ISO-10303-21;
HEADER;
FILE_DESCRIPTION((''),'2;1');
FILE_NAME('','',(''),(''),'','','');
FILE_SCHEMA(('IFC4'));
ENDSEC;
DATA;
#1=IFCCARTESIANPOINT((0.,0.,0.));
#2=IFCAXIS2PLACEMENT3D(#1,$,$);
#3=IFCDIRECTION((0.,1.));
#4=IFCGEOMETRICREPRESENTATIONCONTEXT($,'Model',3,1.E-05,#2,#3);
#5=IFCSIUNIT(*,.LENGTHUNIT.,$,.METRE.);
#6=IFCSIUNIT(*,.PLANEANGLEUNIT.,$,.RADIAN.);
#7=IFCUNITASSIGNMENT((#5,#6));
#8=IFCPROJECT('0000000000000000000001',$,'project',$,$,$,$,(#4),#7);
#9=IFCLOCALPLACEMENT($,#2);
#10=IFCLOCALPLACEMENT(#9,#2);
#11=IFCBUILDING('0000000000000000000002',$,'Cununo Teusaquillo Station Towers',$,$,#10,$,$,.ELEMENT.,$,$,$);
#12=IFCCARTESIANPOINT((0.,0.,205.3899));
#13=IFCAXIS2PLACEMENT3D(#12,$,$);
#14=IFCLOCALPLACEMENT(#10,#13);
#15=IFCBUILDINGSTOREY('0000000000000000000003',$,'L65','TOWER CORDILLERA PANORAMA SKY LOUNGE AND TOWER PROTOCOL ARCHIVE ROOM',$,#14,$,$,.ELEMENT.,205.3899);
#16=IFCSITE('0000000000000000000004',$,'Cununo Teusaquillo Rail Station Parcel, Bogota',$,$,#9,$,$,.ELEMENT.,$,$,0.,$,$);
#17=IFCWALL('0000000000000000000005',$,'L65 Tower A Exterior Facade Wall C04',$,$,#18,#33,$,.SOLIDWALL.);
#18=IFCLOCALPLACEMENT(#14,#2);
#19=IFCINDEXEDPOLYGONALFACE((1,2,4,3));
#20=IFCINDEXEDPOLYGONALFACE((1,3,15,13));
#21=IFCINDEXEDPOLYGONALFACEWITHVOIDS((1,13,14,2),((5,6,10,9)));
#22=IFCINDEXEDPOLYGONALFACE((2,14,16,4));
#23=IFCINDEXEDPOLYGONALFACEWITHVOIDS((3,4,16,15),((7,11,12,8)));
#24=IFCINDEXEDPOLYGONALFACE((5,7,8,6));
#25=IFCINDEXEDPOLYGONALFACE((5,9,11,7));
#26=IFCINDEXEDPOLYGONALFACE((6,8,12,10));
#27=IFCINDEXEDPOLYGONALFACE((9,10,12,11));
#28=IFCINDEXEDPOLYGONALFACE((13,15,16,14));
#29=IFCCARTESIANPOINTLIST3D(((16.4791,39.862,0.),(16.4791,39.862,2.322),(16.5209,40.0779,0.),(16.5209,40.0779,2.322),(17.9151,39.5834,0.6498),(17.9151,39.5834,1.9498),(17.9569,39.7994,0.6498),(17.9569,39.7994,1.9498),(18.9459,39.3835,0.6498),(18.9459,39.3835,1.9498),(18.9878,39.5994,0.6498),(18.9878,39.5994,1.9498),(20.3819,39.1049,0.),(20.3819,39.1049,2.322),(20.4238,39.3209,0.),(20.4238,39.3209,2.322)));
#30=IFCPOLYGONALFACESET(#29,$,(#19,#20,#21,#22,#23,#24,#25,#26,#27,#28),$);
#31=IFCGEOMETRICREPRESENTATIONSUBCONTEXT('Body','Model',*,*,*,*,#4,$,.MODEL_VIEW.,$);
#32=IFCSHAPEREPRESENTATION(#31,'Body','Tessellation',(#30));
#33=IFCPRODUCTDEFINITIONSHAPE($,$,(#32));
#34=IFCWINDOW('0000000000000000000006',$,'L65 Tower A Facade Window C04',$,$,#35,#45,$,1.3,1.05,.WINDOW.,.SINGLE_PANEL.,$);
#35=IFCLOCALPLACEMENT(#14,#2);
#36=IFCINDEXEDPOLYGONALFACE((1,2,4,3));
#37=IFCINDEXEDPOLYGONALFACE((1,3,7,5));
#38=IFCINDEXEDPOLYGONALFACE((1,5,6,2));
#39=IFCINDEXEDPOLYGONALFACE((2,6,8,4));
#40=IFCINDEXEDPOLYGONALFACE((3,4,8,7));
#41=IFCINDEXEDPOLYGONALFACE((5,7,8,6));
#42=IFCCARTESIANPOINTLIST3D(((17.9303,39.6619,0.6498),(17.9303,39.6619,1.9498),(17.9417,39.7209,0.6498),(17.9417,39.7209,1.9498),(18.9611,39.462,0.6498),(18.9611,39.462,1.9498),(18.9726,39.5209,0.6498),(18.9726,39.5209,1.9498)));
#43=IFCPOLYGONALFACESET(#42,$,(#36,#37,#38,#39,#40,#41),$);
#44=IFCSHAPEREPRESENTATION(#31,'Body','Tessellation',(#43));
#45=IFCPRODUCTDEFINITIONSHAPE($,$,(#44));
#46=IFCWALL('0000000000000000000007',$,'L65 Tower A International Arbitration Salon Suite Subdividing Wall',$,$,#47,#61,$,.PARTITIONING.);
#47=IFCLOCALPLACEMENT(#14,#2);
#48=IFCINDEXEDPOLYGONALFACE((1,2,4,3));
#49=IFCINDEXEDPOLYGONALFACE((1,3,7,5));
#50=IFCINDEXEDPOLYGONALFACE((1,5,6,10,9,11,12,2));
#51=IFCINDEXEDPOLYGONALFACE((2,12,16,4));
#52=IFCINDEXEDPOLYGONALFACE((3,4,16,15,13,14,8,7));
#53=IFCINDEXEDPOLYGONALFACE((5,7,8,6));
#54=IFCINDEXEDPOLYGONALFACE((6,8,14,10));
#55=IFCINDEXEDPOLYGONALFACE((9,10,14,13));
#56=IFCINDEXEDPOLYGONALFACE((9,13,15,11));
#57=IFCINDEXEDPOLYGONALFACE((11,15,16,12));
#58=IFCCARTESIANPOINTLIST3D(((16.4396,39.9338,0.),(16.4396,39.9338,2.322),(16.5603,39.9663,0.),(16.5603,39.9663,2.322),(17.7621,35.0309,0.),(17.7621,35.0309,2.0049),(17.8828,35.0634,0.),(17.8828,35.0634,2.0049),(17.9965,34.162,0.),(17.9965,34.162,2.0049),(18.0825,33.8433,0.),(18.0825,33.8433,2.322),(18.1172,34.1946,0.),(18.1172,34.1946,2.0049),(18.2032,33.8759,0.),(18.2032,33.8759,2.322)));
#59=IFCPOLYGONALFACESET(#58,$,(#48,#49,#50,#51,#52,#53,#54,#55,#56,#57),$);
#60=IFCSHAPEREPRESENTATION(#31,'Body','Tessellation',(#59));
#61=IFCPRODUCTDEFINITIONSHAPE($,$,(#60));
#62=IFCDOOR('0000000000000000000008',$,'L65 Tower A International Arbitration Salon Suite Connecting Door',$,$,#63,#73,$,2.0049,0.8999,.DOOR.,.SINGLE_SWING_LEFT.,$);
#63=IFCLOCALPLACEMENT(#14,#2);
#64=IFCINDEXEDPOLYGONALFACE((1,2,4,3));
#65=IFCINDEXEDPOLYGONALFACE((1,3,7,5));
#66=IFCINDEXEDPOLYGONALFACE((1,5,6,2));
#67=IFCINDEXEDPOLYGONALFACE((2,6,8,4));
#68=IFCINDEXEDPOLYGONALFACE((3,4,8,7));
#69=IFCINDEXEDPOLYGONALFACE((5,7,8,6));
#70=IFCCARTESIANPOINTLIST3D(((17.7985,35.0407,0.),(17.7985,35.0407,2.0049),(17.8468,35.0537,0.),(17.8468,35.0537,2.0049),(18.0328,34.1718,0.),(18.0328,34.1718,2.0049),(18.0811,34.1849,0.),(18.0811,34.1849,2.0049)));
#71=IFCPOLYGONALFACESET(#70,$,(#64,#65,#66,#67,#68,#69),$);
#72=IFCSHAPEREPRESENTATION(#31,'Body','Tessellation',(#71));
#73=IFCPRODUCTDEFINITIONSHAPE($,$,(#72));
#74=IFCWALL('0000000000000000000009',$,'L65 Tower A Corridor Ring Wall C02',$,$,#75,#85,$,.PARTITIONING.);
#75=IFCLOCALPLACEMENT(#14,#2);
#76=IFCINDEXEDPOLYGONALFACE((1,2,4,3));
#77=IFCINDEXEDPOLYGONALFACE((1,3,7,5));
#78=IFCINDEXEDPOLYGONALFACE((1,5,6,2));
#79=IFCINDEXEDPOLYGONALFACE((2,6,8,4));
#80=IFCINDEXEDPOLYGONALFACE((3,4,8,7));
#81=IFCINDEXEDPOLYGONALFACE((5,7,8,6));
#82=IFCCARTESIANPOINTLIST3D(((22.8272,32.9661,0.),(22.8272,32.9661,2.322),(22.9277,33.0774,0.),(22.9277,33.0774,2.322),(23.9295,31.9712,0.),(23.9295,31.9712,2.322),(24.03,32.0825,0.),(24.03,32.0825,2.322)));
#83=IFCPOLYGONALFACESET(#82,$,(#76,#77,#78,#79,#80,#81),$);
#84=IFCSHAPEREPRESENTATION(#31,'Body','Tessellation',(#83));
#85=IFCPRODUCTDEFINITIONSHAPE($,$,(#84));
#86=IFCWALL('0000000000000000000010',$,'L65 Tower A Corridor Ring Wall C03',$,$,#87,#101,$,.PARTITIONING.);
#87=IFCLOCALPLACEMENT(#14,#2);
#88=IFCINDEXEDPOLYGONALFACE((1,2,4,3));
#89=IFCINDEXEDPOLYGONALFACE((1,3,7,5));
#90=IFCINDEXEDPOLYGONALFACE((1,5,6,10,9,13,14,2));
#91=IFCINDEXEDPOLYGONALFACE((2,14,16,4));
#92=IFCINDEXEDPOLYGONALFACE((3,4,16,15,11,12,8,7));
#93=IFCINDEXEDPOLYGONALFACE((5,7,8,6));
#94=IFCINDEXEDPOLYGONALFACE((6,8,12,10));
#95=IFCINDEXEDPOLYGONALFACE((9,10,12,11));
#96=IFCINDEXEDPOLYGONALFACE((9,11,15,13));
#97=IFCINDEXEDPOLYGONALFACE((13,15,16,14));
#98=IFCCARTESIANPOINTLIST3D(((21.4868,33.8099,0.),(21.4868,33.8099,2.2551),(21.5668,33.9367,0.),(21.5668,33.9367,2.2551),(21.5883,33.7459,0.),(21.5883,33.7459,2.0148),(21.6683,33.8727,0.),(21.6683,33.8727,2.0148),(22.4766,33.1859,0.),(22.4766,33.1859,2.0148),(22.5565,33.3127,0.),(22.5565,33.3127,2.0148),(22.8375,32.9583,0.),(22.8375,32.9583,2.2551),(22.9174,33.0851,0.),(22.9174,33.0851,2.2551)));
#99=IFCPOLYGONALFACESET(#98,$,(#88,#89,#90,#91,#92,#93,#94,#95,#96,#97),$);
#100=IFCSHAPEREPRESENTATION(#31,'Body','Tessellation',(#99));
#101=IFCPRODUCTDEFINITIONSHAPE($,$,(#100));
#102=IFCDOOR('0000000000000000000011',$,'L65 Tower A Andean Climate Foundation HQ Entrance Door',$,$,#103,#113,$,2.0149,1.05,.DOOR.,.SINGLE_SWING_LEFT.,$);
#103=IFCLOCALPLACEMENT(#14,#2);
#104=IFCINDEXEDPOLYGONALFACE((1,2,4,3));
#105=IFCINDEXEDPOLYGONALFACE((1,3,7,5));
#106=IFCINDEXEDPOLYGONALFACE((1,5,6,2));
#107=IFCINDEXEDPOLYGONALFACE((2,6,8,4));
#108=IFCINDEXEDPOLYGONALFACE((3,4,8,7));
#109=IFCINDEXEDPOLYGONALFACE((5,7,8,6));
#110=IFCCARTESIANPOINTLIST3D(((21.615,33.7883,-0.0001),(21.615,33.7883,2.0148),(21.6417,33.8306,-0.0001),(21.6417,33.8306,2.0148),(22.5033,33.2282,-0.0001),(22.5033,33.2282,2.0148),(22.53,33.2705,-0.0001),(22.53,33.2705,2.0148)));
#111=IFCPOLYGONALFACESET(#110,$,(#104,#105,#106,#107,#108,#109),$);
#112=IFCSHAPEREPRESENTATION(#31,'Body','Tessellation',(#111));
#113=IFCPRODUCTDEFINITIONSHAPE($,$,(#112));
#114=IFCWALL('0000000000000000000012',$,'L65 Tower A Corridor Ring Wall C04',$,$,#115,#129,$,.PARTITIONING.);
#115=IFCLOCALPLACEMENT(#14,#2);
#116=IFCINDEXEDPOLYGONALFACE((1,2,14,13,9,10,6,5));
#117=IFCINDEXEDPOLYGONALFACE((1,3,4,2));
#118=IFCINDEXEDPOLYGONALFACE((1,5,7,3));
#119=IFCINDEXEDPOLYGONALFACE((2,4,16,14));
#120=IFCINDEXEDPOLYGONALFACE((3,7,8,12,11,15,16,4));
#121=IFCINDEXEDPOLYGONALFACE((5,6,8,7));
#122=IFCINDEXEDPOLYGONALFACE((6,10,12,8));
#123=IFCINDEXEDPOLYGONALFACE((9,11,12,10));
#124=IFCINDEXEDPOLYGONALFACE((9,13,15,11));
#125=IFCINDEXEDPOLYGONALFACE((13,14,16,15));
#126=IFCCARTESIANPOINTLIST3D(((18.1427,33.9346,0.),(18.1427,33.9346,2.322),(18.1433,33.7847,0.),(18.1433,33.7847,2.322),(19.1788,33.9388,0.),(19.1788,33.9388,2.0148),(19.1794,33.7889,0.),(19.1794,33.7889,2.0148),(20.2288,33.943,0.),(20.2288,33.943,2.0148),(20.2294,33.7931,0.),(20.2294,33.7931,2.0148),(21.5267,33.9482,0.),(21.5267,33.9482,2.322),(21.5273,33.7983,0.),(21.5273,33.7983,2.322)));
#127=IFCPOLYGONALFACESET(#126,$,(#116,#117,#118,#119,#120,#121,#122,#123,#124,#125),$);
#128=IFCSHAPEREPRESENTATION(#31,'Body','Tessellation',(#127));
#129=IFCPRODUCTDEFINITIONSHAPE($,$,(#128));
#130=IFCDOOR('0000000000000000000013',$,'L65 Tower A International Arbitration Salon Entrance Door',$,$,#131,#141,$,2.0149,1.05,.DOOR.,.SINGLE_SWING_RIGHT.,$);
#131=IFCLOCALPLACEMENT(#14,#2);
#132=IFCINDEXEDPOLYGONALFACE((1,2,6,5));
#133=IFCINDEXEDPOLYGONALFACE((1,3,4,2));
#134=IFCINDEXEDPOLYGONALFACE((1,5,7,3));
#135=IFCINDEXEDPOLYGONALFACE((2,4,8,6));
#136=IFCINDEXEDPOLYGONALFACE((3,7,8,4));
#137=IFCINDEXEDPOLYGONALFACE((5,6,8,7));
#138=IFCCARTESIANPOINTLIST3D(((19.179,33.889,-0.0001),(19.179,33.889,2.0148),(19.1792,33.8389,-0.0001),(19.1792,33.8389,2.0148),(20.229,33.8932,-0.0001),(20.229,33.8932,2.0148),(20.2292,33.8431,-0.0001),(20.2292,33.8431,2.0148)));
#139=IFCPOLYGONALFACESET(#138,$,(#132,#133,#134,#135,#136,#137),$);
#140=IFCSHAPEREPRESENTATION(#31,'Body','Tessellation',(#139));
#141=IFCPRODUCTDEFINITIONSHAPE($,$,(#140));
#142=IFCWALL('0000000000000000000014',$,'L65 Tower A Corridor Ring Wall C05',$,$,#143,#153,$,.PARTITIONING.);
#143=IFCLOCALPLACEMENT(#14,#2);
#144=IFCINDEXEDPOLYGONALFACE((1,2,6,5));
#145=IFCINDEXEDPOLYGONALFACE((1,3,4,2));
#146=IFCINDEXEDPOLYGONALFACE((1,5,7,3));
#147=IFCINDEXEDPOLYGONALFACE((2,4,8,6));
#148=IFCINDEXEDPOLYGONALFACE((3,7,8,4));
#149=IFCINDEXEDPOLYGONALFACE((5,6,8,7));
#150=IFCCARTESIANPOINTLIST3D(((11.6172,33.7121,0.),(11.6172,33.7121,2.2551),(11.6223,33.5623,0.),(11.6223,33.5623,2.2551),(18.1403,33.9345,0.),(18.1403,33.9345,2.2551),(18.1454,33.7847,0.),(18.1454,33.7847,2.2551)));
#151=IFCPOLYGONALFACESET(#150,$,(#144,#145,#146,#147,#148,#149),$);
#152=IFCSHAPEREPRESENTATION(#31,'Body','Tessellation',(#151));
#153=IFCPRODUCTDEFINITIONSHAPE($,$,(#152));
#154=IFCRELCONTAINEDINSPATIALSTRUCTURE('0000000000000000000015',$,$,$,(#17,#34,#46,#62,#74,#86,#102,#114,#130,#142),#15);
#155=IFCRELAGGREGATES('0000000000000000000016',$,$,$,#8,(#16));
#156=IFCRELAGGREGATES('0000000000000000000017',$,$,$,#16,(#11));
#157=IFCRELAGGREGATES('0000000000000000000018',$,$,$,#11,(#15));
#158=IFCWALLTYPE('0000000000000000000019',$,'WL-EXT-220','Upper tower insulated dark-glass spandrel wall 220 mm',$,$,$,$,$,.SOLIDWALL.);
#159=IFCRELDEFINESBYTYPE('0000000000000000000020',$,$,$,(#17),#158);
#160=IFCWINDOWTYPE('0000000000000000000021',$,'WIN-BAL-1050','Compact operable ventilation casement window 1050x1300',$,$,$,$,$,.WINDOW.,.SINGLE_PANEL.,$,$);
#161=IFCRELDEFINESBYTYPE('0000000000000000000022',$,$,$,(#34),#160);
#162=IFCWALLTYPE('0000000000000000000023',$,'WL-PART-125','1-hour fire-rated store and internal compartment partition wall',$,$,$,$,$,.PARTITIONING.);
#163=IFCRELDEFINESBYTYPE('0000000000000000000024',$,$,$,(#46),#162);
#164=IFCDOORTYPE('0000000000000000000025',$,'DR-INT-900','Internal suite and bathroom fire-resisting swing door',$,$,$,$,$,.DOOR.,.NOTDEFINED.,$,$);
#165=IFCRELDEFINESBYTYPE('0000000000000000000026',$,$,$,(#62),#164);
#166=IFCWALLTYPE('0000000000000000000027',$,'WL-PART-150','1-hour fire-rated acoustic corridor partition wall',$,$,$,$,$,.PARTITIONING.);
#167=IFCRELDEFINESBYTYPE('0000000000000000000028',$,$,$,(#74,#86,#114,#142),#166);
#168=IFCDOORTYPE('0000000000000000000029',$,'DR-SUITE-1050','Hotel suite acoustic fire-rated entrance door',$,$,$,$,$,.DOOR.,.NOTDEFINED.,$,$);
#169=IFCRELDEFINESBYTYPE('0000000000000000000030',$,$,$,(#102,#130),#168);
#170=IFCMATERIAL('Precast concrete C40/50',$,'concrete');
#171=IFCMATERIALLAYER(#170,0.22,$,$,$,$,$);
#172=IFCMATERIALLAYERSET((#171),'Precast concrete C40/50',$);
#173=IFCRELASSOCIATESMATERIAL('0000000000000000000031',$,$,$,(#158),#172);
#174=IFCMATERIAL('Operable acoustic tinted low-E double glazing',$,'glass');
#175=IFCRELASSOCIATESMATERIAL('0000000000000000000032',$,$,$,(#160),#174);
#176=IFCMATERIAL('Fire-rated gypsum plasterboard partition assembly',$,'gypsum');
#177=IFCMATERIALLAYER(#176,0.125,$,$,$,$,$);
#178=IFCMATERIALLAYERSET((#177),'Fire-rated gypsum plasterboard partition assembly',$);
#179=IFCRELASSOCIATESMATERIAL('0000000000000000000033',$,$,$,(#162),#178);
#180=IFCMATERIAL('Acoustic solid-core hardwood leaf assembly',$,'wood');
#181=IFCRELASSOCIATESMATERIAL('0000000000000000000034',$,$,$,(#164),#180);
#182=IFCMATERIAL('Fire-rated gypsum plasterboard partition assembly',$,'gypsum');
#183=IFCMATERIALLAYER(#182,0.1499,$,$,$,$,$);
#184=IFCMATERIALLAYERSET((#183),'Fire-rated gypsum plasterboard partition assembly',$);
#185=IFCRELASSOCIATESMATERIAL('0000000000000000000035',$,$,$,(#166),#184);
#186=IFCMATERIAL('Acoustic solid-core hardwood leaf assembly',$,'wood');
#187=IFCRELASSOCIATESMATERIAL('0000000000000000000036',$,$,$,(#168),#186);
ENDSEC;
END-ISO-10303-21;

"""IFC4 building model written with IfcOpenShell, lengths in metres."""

from ifc_helpers import new_model, si_unit, direction, frame, frame_2d, origin, place, context, subcontext, project, spatial, rectangle, extrude, source, transform, mapped, material, layer, layer_set, type_object, element, fill, save


model = new_model("IFC4")

# Units and contexts
model_context = context("Model", 3, precision=1e-05, world=origin(), true_north=direction((0.0, 1.0)))
body_context = subcontext(model_context, "Body", "Model", "MODEL_VIEW")
ifc_project = project(units=[si_unit("LENGTHUNIT", "METRE"), si_unit("PLANEANGLEUNIT", "RADIAN")], contexts=[model_context])

# Site, building, storey
site_placement = place(None, origin())
site = spatial("IfcSite", under=ifc_project, at=site_placement, Name="Cununo Teusaquillo Rail Station Parcel, Bogota", CompositionType="ELEMENT", RefElevation=0.0)
building_placement = place(site_placement, origin())
building = spatial("IfcBuilding", under=site, at=building_placement, Name="Cununo Teusaquillo Station Towers", CompositionType="ELEMENT")
storey_placement = place(building_placement, frame((0.0, 0.0, 205.3899)))
storey = spatial("IfcBuildingStorey", under=building, at=storey_placement, Name="L65", Description="TOWER CORDILLERA PANORAMA SKY LOUNGE AND TOWER PROTOCOL ARCHIVE ROOM", CompositionType="ELEMENT", Elevation=205.3899)

# Shared definitions
ifc_material_1 = material(Name="Precast concrete C40/50", Category="concrete")
ifc_layer_1 = layer(ifc_material_1, 0.22)
ifc_layer_set_1 = layer_set([ifc_layer_1], Name="Precast concrete C40/50")
wall_type_1 = type_object("IfcWallType", Name="WL-EXT-220", Description="Upper tower insulated dark-glass spandrel wall 220 mm", PredefinedType="SOLIDWALL", material=ifc_layer_set_1)

# Shared definitions
shared_shape_1 = source(origin(), body_context, "Body", "SweptSolid", [
    extrude(rectangle(XDim=1.05, YDim=1.3, at=frame_2d((0.5249, 0.6499))), frame((0.0, 0.1199, 0.0), z_axis=(0.0, -1.0, 0.0), x_axis=(1.0, 0.0, 0.0)), (0.0, 0.0, 1.0), 0.24),
])
ifc_material_2 = material(Name="Operable acoustic tinted low-E double glazing", Category="glass")
window_type = type_object("IfcWindowType", Name="WIN-BAL-1050", Description="Compact operable ventilation casement window 1050x1300", PartitioningType="SINGLE_PANEL", PredefinedType="WINDOW", material=ifc_material_2)
shared_shape_2 = source(origin(), body_context, "Body", "SweptSolid", [
    extrude(rectangle(XDim=1.05, YDim=1.3, at=frame_2d((0.5249, 0.6499))), frame((0.0, 0.03, 0.0), z_axis=(0.0, -1.0, 0.0), x_axis=(1.0, 0.0, 0.0)), (0.0, 0.0, 1.0), 0.0601),
])

# Wall, opening, window
wall_1_placement = place(storey_placement, frame((16.5, 39.97, 0.0), z_axis=(0.0, 0.0, 1.0), x_axis=(0.9817, -0.190432, 0.0)))
wall_1 = element("IfcWall", 1, at=wall_1_placement, inside=storey, type_object=wall_type_1, Name="L65 Tower A Exterior Facade Wall C04", PredefinedType="SOLIDWALL", context=body_context, shape_type="SweptSolid", body=[
    extrude(rectangle(XDim=3.9756, YDim=0.22, at=frame_2d((1.9878, 0.0))), origin(), (0.0, 0.0, 1.0), 2.322),
])
opening_1_placement = place(wall_1_placement, frame((1.4629, 0.0, 0.6499)))
opening_1 = element("IfcOpeningElement", 2, at=opening_1_placement, cuts=wall_1, PredefinedType="OPENING", context=body_context, shape_type="MappedRepresentation", body=[
    mapped(shared_shape_1, transform((0.0, 0.0, 0.0), x_axis=(1.0, 0.0, 0.0), y_axis=(0.0, 1.0, 0.0), z_axis=(0.0, 0.0, 1.0), scale=1.0)),
])
window_1_placement = place(opening_1_placement, origin())
window_1 = element("IfcWindow", 3, at=window_1_placement, inside=storey, type_object=window_type, Name="L65 Tower A Facade Window C04", OverallHeight=1.3, OverallWidth=1.05, PartitioningType="SINGLE_PANEL", PredefinedType="WINDOW", context=body_context, shape_type="MappedRepresentation", body=[
    mapped(shared_shape_2, transform((0.0, 0.0, 0.0), x_axis=(1.0, 0.0, 0.0), y_axis=(0.0, 1.0, 0.0), z_axis=(0.0, 0.0, 1.0), scale=1.0)),
])
fill(opening_1, window_1)

# Wall, opening, door
ifc_material_3 = material(Name="Fire-rated gypsum plasterboard partition assembly", Category="gypsum")
ifc_layer_2 = layer(ifc_material_3, 0.125)
ifc_layer_set_2 = layer_set([ifc_layer_2], Name="Fire-rated gypsum plasterboard partition assembly")
wall_type_2 = type_object("IfcWallType", Name="WL-PART-125", Description="1-hour fire-rated store and internal compartment partition wall", PredefinedType="PARTITIONING", material=ifc_layer_set_2)
wall_2_placement = place(storey_placement, frame((18.1428, 33.8596, 0.0), z_axis=(0.0, 0.0, 1.0), x_axis=(-0.260434, 0.965492, 0.0)))
wall_2 = element("IfcWall", 4, at=wall_2_placement, inside=storey, type_object=wall_type_2, Name="L65 Tower A International Arbitration Salon Suite Subdividing Wall", PredefinedType="PARTITIONING", context=body_context, shape_type="SweptSolid", body=[
    extrude(rectangle(XDim=6.3081, YDim=0.125, at=frame_2d((3.1541, 0.0))), origin(), (0.0, 0.0, 1.0), 2.322),
])
shared_shape_3 = source(origin(), body_context, "Body", "SweptSolid", [
    extrude(rectangle(XDim=0.8999, YDim=2.0049, at=frame_2d((0.45, 1.0024))), frame((0.0, 0.0725, 0.0), z_axis=(0.0, -1.0, 0.0), x_axis=(1.0, 0.0, 0.0)), (0.0, 0.0, 1.0), 0.145),
])
opening_2_placement = place(wall_2_placement, frame((0.3301, 0.0, 0.0)))
opening_2 = element("IfcOpeningElement", 5, at=opening_2_placement, cuts=wall_2, PredefinedType="OPENING", context=body_context, shape_type="MappedRepresentation", body=[
    mapped(shared_shape_3, transform((0.0, 0.0, 0.0), x_axis=(1.0, 0.0, 0.0), y_axis=(0.0, 1.0, 0.0), z_axis=(0.0, 0.0, 1.0), scale=1.0)),
])
ifc_material_4 = material(Name="Acoustic solid-core hardwood leaf assembly", Category="wood")
door_type_1 = type_object("IfcDoorType", Name="DR-INT-900", Description="Internal suite and bathroom fire-resisting swing door", OperationType="NOTDEFINED", PredefinedType="DOOR", material=ifc_material_4)
shared_shape_4 = source(origin(), body_context, "Body", "SweptSolid", [
    extrude(rectangle(XDim=0.8999, YDim=2.0049, at=frame_2d((0.45, 1.0024))), frame((0.0, 0.0249, 0.0), z_axis=(0.0, -1.0, 0.0), x_axis=(1.0, 0.0, 0.0)), (0.0, 0.0, 1.0), 0.05),
])
door_1_placement = place(opening_2_placement, origin())
door_1 = element("IfcDoor", 6, at=door_1_placement, inside=storey, type_object=door_type_1, Name="L65 Tower A International Arbitration Salon Suite Connecting Door", OperationType="SINGLE_SWING_LEFT", OverallHeight=2.0049, OverallWidth=0.8999, PredefinedType="DOOR", context=body_context, shape_type="MappedRepresentation", body=[
    mapped(shared_shape_4, transform((0.0, 0.0, 0.0), x_axis=(1.0, 0.0, 0.0), y_axis=(0.0, 1.0, 0.0), z_axis=(0.0, 0.0, 1.0), scale=1.0)),
])
fill(opening_2, door_1)

# Wall
ifc_material_5 = material(Name="Fire-rated gypsum plasterboard partition assembly", Category="gypsum")
ifc_layer_3 = layer(ifc_material_5, 0.1499)
ifc_layer_set_3 = layer_set([ifc_layer_3], Name="Fire-rated gypsum plasterboard partition assembly")
wall_type_3 = type_object("IfcWallType", Name="WL-PART-150", Description="1-hour fire-rated acoustic corridor partition wall", PredefinedType="PARTITIONING", material=ifc_layer_set_3)
wall_3_placement = place(storey_placement, frame((23.9797, 32.0269, 0.0), z_axis=(0.0, 0.0, 1.0), x_axis=(-0.742353, 0.670009, 0.0)))
element("IfcWall", 7, at=wall_3_placement, inside=storey, type_object=wall_type_3, Name="L65 Tower A Corridor Ring Wall C02", PredefinedType="PARTITIONING", context=body_context, shape_type="SweptSolid", body=[
    extrude(rectangle(XDim=1.4849, YDim=0.1499, at=frame_2d((0.7424, 0.0))), origin(), (0.0, 0.0, 1.0), 2.322),
])

# Walls, openings, doors
wall_4_placement = place(storey_placement, frame((22.8774, 33.0217, 0.0), z_axis=(0.0, 0.0, 1.0), x_axis=(-0.845896, 0.533348, 0.0)))
wall_4 = element("IfcWall", 8, at=wall_4_placement, inside=storey, type_object=wall_type_3, Name="L65 Tower A Corridor Ring Wall C03", PredefinedType="PARTITIONING", context=body_context, shape_type="SweptSolid", body=[
    extrude(rectangle(XDim=1.5967, YDim=0.1499, at=frame_2d((0.7983, 0.0))), origin(), (0.0, 0.0, 1.0), 2.2551),
])
shared_shape_5 = source(origin(), body_context, "Body", "SweptSolid", [
    extrude(rectangle(XDim=1.05, YDim=2.0149, at=frame_2d((0.5249, 1.0073))), frame((0.0, 0.085, 0.0), z_axis=(0.0, -1.0, 0.0), x_axis=(1.0, 0.0, 0.0)), (0.0, 0.0, 1.0), 0.1699),
])
opening_3_placement = place(wall_4_placement, frame((0.4268, 0.0, 0.0)))
opening_3 = element("IfcOpeningElement", 9, at=opening_3_placement, cuts=wall_4, PredefinedType="OPENING", context=body_context, shape_type="MappedRepresentation", body=[
    mapped(shared_shape_5, transform((0.0, 0.0, 0.0), x_axis=(1.0, 0.0, 0.0), y_axis=(0.0, 1.0, 0.0), z_axis=(0.0, 0.0, 1.0), scale=1.0)),
])
ifc_material_6 = material(Name="Acoustic solid-core hardwood leaf assembly", Category="wood")
door_type_2 = type_object("IfcDoorType", Name="DR-SUITE-1050", Description="Hotel suite acoustic fire-rated entrance door", OperationType="NOTDEFINED", PredefinedType="DOOR", material=ifc_material_6)
shared_shape_6 = source(origin(), body_context, "Body", "SweptSolid", [
    extrude(rectangle(XDim=1.05, YDim=2.0149, at=frame_2d((0.5249, 1.0073))), frame((0.0, 0.0249, 0.0), z_axis=(0.0, -1.0, 0.0), x_axis=(1.0, 0.0, 0.0)), (0.0, 0.0, 1.0), 0.05),
])
door_2_placement = place(opening_3_placement, origin())
door_2 = element("IfcDoor", 10, at=door_2_placement, inside=storey, type_object=door_type_2, Name="L65 Tower A Andean Climate Foundation HQ Entrance Door", OperationType="SINGLE_SWING_LEFT", OverallHeight=2.0149, OverallWidth=1.05, PredefinedType="DOOR", context=body_context, shape_type="MappedRepresentation", body=[
    mapped(shared_shape_6, transform((0.0, 0.0, 0.0), x_axis=(1.0, 0.0, 0.0), y_axis=(0.0, 1.0, 0.0), z_axis=(0.0, 0.0, 1.0), scale=1.0)),
])
fill(opening_3, door_2)
wall_5_placement = place(storey_placement, frame((21.5269, 33.8733, 0.0), z_axis=(0.0, 0.0, 1.0), x_axis=(-0.999992, -0.00404, 0.0)))
wall_5 = element("IfcWall", 11, at=wall_5_placement, inside=storey, type_object=wall_type_3, Name="L65 Tower A Corridor Ring Wall C04", PredefinedType="PARTITIONING", context=body_context, shape_type="SweptSolid", body=[
    extrude(rectangle(XDim=3.384, YDim=0.1499, at=frame_2d((1.6919, 0.0))), origin(), (0.0, 0.0, 1.0), 2.322),
])
opening_4_placement = place(wall_5_placement, frame((1.2979, 0.0, 0.0)))
opening_4 = element("IfcOpeningElement", 12, at=opening_4_placement, cuts=wall_5, PredefinedType="OPENING", context=body_context, shape_type="MappedRepresentation", body=[
    mapped(shared_shape_5, transform((0.0, 0.0, 0.0), x_axis=(1.0, 0.0, 0.0), y_axis=(0.0, 1.0, 0.0), z_axis=(0.0, 0.0, 1.0), scale=1.0)),
])
door_3_placement = place(opening_4_placement, origin())
door_3 = element("IfcDoor", 13, at=door_3_placement, inside=storey, type_object=door_type_2, Name="L65 Tower A International Arbitration Salon Entrance Door", OperationType="SINGLE_SWING_RIGHT", OverallHeight=2.0149, OverallWidth=1.05, PredefinedType="DOOR", context=body_context, shape_type="MappedRepresentation", body=[
    mapped(shared_shape_6, transform((0.0, 0.0, 0.0), x_axis=(1.0, 0.0, 0.0), y_axis=(0.0, 1.0, 0.0), z_axis=(0.0, 0.0, 1.0), scale=1.0)),
])
fill(opening_4, door_3)

# Wall
wall_6_placement = place(storey_placement, frame((18.1428, 33.8596, 0.0), z_axis=(0.0, 0.0, 1.0), x_axis=(-0.999419, -0.034077, 0.0)))
element("IfcWall", 14, at=wall_6_placement, inside=storey, type_object=wall_type_3, Name="L65 Tower A Corridor Ring Wall C05", PredefinedType="PARTITIONING", context=body_context, shape_type="SweptSolid", body=[
    extrude(rectangle(XDim=6.5269, YDim=0.1499, at=frame_2d((3.2634, 0.0))), origin(), (0.0, 0.0, 1.0), 2.2551),
])

save(model, "model.ifc")
